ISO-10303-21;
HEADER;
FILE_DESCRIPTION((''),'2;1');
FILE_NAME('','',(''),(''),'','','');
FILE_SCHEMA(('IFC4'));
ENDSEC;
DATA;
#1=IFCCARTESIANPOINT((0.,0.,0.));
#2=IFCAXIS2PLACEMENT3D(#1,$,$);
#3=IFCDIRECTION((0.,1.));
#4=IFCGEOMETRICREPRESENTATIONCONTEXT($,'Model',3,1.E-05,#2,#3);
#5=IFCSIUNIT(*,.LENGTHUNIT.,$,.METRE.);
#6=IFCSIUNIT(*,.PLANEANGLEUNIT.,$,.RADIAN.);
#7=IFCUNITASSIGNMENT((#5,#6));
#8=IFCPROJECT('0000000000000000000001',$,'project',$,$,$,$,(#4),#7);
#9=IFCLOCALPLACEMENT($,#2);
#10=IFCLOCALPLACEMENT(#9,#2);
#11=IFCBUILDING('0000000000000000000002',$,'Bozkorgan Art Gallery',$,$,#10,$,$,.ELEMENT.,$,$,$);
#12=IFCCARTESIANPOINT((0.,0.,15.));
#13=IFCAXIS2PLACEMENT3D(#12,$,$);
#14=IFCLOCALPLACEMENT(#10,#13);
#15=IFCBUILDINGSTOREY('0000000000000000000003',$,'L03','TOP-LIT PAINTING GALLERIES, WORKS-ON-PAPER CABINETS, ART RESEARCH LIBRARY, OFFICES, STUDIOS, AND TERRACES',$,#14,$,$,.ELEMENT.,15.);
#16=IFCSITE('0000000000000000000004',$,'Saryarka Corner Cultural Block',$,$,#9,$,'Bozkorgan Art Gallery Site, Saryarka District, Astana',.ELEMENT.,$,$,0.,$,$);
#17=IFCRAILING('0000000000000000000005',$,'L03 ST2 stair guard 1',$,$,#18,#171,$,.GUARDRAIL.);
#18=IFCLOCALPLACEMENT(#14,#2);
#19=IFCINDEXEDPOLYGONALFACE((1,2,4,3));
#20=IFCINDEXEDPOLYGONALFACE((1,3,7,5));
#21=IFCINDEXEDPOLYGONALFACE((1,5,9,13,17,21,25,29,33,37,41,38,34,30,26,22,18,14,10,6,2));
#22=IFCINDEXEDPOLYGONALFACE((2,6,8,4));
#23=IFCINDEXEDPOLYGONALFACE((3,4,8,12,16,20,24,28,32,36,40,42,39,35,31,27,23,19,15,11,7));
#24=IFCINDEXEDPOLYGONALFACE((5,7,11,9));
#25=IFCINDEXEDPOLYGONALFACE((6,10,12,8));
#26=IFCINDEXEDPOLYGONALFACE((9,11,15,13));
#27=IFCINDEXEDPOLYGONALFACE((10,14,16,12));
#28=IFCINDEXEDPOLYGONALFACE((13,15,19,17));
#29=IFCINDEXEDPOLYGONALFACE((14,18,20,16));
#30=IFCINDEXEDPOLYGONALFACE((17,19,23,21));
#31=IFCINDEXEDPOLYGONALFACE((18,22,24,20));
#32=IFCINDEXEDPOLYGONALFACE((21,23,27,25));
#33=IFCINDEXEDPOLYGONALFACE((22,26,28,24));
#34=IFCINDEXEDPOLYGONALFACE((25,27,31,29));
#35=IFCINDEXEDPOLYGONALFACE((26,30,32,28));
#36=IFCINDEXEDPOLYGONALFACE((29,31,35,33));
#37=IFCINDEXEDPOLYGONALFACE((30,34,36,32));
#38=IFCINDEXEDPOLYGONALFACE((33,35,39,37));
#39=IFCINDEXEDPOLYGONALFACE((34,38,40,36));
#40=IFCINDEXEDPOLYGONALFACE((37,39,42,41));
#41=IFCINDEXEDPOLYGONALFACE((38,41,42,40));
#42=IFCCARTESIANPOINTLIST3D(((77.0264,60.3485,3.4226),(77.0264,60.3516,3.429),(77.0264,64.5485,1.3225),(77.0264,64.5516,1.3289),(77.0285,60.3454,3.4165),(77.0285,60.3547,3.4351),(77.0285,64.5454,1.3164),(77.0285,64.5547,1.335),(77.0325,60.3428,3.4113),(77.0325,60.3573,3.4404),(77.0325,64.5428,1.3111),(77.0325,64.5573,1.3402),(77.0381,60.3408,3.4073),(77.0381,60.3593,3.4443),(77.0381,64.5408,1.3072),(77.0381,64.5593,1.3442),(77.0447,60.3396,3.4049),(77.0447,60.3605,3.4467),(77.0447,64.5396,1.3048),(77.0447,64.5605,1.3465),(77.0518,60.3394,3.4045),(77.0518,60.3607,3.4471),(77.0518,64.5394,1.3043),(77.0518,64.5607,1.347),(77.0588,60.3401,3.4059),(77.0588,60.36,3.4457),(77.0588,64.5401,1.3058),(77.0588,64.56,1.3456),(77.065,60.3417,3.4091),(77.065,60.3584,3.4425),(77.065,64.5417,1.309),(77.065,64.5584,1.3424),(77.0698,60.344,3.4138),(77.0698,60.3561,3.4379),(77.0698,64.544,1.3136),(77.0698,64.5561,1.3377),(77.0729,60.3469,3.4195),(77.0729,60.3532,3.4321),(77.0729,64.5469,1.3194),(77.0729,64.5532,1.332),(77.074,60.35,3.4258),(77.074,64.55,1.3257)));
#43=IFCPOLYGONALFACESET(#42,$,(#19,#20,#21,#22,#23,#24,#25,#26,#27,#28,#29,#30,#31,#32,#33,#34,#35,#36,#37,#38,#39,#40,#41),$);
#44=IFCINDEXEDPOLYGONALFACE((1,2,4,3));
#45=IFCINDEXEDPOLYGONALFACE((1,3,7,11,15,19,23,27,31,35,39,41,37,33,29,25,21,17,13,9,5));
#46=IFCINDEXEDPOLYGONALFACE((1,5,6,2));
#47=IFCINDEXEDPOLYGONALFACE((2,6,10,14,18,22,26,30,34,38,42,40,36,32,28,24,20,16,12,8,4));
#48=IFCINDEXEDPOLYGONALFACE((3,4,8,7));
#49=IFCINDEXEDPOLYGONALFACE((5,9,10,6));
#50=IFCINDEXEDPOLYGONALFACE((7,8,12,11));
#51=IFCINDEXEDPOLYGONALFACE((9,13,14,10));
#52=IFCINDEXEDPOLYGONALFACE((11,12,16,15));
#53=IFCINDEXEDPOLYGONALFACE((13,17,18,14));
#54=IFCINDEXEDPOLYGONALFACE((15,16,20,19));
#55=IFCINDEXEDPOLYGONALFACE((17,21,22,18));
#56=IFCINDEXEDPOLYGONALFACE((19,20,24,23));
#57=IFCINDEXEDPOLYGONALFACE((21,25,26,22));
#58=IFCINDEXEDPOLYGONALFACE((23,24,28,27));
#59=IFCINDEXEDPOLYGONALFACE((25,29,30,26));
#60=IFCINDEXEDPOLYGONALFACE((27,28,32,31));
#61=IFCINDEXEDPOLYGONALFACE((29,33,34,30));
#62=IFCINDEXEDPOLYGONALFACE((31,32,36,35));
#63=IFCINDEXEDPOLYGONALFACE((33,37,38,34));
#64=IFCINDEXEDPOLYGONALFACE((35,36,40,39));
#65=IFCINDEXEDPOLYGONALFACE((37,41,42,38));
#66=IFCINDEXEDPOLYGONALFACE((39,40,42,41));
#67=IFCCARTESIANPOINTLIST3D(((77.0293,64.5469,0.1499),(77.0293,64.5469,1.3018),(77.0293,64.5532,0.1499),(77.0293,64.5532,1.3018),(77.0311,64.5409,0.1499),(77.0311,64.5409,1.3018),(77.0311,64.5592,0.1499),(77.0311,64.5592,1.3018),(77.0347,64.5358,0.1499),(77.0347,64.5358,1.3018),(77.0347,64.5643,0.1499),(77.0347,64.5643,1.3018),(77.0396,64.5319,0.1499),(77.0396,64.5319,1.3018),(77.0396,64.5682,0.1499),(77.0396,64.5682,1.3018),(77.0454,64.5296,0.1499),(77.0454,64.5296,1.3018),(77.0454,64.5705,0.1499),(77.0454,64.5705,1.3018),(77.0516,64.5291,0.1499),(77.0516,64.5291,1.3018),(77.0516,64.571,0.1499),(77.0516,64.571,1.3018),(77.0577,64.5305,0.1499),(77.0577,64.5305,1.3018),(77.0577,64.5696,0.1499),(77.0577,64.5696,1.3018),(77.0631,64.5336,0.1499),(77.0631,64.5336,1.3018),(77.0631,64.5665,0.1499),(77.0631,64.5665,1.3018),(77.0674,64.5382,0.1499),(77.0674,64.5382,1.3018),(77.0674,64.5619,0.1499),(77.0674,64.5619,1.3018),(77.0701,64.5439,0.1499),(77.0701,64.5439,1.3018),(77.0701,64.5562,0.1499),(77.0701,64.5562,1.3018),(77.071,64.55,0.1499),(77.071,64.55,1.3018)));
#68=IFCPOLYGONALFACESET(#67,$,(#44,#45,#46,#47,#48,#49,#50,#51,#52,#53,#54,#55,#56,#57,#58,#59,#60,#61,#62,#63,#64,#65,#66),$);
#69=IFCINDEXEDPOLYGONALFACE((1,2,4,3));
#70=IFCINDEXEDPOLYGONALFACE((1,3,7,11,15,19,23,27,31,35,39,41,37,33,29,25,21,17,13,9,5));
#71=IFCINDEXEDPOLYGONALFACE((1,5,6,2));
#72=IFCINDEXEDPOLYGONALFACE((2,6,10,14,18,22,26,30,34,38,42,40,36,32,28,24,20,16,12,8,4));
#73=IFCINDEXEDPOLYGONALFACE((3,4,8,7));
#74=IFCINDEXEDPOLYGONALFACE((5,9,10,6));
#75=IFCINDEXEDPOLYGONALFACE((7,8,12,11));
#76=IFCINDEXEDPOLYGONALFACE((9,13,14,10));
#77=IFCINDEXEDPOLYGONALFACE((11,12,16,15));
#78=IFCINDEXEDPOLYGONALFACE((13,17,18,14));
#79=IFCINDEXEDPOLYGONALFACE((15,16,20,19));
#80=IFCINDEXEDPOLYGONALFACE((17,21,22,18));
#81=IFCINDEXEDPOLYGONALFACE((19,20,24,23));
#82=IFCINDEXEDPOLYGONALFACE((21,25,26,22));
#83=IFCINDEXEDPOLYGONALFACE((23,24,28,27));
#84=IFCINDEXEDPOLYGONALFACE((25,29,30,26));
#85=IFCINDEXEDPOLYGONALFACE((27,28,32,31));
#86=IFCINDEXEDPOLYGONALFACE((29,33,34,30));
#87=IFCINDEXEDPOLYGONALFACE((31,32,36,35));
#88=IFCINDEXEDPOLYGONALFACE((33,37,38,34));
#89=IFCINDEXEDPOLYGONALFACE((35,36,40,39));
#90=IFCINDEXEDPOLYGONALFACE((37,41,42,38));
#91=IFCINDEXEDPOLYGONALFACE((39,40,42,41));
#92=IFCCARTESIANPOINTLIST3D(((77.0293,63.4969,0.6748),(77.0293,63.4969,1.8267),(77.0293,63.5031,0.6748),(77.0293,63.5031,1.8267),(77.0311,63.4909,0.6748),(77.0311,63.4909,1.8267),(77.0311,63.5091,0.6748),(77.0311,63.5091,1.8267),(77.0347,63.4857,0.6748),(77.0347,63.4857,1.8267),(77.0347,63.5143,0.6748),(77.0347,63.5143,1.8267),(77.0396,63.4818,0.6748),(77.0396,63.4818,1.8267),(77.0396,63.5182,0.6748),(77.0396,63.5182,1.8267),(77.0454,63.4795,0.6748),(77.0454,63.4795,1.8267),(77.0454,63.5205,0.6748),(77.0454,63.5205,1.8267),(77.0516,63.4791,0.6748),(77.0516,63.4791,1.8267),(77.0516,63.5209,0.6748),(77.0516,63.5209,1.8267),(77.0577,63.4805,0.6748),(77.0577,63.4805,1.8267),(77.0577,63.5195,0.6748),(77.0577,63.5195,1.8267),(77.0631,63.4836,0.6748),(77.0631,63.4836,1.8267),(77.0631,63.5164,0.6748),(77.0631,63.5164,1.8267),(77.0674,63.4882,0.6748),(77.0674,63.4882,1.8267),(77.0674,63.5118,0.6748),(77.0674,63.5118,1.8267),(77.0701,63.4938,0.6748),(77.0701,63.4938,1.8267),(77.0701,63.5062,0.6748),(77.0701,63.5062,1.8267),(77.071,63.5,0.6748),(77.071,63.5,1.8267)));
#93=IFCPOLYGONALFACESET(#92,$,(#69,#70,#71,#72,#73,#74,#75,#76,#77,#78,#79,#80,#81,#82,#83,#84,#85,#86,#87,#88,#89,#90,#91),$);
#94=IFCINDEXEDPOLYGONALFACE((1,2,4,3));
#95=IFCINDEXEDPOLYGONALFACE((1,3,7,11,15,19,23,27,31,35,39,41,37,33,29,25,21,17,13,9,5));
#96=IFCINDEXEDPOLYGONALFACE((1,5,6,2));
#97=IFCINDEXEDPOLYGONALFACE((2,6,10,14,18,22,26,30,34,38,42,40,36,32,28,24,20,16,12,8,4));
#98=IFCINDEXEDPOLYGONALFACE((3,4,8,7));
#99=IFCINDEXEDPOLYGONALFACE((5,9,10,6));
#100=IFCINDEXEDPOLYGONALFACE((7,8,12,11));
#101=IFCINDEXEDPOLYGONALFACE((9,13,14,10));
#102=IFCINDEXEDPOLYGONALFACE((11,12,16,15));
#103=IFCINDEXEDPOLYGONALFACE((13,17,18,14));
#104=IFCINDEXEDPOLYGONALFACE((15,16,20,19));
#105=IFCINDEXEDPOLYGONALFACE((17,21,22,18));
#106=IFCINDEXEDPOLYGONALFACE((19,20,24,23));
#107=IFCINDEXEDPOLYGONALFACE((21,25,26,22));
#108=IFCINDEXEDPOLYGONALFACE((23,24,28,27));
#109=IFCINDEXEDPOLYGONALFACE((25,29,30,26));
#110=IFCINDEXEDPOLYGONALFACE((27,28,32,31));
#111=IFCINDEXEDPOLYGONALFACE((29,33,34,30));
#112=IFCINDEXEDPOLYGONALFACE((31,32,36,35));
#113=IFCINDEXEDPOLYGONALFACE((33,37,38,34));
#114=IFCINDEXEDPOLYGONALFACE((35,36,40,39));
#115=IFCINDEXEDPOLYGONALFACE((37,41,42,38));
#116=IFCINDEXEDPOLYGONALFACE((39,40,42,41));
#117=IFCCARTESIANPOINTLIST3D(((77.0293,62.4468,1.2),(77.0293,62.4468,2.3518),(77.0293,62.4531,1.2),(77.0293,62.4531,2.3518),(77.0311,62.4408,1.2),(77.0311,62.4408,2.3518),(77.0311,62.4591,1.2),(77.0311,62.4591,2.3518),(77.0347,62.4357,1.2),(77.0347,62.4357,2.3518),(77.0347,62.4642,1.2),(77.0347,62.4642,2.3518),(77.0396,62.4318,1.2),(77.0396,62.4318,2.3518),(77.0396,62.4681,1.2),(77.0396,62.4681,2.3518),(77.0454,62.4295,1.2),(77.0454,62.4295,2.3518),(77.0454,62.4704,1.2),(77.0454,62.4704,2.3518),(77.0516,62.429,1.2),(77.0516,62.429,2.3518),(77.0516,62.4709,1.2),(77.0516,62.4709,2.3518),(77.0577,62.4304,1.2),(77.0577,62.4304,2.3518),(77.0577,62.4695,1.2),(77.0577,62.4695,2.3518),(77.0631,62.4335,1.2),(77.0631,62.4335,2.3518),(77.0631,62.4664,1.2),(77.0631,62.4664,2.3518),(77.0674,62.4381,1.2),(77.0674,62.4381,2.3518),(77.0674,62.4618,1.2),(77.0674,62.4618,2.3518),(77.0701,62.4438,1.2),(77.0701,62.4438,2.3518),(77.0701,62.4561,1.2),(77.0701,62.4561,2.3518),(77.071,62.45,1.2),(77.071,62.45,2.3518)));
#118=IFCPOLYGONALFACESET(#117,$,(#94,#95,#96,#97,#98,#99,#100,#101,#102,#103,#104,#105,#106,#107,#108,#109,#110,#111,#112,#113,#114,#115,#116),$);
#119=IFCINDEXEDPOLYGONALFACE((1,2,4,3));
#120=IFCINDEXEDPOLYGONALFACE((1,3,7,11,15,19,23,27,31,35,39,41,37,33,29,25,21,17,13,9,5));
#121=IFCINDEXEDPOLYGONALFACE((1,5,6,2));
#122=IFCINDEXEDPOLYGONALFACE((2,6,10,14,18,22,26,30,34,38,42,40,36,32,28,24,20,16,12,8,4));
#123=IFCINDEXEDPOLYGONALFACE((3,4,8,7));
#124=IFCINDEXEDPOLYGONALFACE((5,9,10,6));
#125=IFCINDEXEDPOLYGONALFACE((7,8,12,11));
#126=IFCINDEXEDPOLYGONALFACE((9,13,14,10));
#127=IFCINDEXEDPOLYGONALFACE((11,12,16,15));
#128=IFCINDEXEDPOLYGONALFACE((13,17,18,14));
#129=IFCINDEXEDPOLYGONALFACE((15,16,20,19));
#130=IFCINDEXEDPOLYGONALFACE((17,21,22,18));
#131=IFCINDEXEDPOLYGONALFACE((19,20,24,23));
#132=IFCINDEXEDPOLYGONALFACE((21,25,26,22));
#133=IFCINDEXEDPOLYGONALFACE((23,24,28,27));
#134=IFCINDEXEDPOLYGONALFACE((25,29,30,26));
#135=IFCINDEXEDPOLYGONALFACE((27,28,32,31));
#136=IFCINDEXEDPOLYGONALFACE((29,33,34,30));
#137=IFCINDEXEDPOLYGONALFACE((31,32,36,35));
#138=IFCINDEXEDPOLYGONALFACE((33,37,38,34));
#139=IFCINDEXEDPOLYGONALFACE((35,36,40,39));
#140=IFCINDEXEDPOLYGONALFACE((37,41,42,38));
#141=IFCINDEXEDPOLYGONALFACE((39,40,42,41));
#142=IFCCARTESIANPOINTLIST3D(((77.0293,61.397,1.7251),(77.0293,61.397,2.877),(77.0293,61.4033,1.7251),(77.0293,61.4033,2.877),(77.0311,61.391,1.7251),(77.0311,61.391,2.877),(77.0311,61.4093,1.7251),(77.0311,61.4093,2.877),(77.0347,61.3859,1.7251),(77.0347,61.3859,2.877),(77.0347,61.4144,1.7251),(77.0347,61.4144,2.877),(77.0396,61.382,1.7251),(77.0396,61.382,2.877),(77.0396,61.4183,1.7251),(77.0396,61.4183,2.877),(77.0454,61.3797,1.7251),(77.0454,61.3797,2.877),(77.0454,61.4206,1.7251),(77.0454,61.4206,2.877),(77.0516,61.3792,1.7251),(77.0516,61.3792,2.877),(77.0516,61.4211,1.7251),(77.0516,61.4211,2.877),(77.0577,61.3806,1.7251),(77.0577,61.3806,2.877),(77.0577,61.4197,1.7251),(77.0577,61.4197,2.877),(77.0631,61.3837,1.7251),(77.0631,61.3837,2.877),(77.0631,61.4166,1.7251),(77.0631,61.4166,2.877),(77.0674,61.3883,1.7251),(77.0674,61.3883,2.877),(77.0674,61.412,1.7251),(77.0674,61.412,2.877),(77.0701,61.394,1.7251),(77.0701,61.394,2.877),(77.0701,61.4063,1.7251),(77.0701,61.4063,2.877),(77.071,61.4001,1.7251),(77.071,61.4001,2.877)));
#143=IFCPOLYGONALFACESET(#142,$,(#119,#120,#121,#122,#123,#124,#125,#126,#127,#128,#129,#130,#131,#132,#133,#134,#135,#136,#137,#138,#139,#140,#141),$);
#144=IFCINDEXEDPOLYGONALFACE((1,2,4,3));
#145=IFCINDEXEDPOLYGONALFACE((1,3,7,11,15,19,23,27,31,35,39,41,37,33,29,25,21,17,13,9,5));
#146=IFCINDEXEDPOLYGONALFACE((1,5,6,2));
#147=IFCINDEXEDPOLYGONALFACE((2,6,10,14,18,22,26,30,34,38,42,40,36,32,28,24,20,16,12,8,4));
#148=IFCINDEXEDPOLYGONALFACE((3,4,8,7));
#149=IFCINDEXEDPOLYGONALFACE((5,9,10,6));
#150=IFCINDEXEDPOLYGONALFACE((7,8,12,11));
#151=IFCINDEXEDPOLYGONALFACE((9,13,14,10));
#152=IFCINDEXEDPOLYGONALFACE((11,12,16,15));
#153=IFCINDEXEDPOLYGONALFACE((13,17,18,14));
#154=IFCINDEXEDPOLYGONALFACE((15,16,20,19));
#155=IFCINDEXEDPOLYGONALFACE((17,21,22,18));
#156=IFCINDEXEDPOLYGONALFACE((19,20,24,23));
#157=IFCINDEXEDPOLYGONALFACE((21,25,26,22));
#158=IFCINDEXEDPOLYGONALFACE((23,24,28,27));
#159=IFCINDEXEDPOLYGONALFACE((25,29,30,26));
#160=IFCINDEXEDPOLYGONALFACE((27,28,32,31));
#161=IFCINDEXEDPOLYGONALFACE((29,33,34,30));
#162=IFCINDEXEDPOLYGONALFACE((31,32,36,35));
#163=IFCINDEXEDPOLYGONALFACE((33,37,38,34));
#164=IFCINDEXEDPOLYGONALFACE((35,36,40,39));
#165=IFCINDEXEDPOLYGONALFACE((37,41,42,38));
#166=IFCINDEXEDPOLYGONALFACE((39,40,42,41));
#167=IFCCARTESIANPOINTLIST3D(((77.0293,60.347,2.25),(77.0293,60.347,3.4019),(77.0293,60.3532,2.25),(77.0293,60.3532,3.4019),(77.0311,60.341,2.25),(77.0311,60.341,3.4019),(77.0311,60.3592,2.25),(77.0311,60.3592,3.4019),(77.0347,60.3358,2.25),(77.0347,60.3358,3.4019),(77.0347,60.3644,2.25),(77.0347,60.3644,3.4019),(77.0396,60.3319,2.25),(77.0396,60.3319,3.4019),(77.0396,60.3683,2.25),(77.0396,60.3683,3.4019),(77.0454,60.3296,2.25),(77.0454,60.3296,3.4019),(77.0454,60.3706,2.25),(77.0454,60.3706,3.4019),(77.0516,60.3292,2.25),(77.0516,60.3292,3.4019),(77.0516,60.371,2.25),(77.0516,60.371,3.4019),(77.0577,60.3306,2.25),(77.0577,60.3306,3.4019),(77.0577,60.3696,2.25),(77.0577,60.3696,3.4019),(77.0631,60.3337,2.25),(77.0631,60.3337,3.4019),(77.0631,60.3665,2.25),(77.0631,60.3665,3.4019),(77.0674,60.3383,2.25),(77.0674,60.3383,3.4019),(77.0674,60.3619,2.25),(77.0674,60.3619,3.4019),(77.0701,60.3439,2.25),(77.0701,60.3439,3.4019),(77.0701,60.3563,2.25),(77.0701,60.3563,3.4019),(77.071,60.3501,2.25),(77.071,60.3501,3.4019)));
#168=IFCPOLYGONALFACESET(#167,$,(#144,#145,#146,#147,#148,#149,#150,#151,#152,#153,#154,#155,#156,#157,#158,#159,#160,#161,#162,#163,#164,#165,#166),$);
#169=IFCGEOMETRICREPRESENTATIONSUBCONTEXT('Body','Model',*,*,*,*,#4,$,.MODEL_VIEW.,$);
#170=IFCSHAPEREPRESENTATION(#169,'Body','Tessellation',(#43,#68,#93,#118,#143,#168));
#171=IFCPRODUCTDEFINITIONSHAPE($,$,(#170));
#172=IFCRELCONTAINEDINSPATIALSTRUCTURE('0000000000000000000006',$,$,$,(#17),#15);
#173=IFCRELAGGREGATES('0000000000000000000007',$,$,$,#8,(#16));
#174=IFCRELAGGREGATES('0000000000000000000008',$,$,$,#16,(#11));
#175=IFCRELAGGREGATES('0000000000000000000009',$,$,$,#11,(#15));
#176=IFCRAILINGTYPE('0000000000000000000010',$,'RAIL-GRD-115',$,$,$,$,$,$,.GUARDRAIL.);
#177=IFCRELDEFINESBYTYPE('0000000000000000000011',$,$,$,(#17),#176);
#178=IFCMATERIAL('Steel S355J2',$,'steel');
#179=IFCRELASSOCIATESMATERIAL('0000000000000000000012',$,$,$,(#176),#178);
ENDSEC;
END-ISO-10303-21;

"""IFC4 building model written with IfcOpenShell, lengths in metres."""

from ifc_helpers import new_model, si_unit, direction, frame, origin, origin_2d, place, context, subcontext, project, spatial, circle, extrude, material, type_object, element, save


model = new_model("IFC4")

# Units and contexts
model_context = context("Model", 3, precision=1e-05, world=origin(), true_north=direction((0.0, 1.0)))
body_context = subcontext(model_context, "Body", "Model", "MODEL_VIEW")
ifc_project = project(units=[si_unit("LENGTHUNIT", "METRE"), si_unit("PLANEANGLEUNIT", "RADIAN")], contexts=[model_context])

# Site, building, storey
site_placement = place(None, origin())
site = spatial("IfcSite", under=ifc_project, at=site_placement, Name="Saryarka Corner Cultural Block", LongName="Bozkorgan Art Gallery Site, Saryarka District, Astana", CompositionType="ELEMENT", RefElevation=0.0)
building_placement = place(site_placement, origin())
building = spatial("IfcBuilding", under=site, at=building_placement, Name="Bozkorgan Art Gallery", CompositionType="ELEMENT")
storey_placement = place(building_placement, frame((0.0, 0.0, 15.0)))
storey = spatial("IfcBuildingStorey", under=building, at=storey_placement, Name="L03", Description="TOP-LIT PAINTING GALLERIES, WORKS-ON-PAPER CABINETS, ART RESEARCH LIBRARY, OFFICES, STUDIOS, AND TERRACES", CompositionType="ELEMENT", Elevation=15.0)

# Railing
ifc_material_1 = material(Name="Steel S355J2", Category="steel")
railing_type_1 = type_object("IfcRailingType", Name="RAIL-GRD-115", PredefinedType="GUARDRAIL", material=ifc_material_1)
railing_1_placement = place(storey_placement, frame((77.05, 64.55, 0.1499)))
element("IfcRailing", 1, at=railing_1_placement, inside=storey, type_object=railing_type_1, Name="L03 ST2 stair guard 1", PredefinedType="GUARDRAIL", context=body_context, shape_type="SweptSolid", body=[
    extrude(circle(Radius=0.0239, at=origin_2d()), frame((0.0, 0.0, 1.1758), z_axis=(0.0, -0.894417, 0.447234), x_axis=(1.0, 0.0, 0.0)), (0.0, 0.0, 1.0), 4.6958),
    extrude(circle(Radius=0.021, at=origin_2d()), origin(), (0.0, 0.0, 1.0), 1.1519),
    extrude(circle(Radius=0.021, at=origin_2d()), frame((0.0, -1.05, 0.5249)), (0.0, 0.0, 1.0), 1.1519),
    extrude(circle(Radius=0.021, at=origin_2d()), frame((0.0, -2.1001, 1.05)), (0.0, 0.0, 1.0), 1.1519),
    extrude(circle(Radius=0.021, at=origin_2d()), frame((0.0, -3.1499, 1.5752)), (0.0, 0.0, 1.0), 1.1519),
    extrude(circle(Radius=0.021, at=origin_2d()), frame((0.0, -4.2, 2.1001)), (0.0, 0.0, 1.0), 1.1519),
])

save(model, "model.ifc")
